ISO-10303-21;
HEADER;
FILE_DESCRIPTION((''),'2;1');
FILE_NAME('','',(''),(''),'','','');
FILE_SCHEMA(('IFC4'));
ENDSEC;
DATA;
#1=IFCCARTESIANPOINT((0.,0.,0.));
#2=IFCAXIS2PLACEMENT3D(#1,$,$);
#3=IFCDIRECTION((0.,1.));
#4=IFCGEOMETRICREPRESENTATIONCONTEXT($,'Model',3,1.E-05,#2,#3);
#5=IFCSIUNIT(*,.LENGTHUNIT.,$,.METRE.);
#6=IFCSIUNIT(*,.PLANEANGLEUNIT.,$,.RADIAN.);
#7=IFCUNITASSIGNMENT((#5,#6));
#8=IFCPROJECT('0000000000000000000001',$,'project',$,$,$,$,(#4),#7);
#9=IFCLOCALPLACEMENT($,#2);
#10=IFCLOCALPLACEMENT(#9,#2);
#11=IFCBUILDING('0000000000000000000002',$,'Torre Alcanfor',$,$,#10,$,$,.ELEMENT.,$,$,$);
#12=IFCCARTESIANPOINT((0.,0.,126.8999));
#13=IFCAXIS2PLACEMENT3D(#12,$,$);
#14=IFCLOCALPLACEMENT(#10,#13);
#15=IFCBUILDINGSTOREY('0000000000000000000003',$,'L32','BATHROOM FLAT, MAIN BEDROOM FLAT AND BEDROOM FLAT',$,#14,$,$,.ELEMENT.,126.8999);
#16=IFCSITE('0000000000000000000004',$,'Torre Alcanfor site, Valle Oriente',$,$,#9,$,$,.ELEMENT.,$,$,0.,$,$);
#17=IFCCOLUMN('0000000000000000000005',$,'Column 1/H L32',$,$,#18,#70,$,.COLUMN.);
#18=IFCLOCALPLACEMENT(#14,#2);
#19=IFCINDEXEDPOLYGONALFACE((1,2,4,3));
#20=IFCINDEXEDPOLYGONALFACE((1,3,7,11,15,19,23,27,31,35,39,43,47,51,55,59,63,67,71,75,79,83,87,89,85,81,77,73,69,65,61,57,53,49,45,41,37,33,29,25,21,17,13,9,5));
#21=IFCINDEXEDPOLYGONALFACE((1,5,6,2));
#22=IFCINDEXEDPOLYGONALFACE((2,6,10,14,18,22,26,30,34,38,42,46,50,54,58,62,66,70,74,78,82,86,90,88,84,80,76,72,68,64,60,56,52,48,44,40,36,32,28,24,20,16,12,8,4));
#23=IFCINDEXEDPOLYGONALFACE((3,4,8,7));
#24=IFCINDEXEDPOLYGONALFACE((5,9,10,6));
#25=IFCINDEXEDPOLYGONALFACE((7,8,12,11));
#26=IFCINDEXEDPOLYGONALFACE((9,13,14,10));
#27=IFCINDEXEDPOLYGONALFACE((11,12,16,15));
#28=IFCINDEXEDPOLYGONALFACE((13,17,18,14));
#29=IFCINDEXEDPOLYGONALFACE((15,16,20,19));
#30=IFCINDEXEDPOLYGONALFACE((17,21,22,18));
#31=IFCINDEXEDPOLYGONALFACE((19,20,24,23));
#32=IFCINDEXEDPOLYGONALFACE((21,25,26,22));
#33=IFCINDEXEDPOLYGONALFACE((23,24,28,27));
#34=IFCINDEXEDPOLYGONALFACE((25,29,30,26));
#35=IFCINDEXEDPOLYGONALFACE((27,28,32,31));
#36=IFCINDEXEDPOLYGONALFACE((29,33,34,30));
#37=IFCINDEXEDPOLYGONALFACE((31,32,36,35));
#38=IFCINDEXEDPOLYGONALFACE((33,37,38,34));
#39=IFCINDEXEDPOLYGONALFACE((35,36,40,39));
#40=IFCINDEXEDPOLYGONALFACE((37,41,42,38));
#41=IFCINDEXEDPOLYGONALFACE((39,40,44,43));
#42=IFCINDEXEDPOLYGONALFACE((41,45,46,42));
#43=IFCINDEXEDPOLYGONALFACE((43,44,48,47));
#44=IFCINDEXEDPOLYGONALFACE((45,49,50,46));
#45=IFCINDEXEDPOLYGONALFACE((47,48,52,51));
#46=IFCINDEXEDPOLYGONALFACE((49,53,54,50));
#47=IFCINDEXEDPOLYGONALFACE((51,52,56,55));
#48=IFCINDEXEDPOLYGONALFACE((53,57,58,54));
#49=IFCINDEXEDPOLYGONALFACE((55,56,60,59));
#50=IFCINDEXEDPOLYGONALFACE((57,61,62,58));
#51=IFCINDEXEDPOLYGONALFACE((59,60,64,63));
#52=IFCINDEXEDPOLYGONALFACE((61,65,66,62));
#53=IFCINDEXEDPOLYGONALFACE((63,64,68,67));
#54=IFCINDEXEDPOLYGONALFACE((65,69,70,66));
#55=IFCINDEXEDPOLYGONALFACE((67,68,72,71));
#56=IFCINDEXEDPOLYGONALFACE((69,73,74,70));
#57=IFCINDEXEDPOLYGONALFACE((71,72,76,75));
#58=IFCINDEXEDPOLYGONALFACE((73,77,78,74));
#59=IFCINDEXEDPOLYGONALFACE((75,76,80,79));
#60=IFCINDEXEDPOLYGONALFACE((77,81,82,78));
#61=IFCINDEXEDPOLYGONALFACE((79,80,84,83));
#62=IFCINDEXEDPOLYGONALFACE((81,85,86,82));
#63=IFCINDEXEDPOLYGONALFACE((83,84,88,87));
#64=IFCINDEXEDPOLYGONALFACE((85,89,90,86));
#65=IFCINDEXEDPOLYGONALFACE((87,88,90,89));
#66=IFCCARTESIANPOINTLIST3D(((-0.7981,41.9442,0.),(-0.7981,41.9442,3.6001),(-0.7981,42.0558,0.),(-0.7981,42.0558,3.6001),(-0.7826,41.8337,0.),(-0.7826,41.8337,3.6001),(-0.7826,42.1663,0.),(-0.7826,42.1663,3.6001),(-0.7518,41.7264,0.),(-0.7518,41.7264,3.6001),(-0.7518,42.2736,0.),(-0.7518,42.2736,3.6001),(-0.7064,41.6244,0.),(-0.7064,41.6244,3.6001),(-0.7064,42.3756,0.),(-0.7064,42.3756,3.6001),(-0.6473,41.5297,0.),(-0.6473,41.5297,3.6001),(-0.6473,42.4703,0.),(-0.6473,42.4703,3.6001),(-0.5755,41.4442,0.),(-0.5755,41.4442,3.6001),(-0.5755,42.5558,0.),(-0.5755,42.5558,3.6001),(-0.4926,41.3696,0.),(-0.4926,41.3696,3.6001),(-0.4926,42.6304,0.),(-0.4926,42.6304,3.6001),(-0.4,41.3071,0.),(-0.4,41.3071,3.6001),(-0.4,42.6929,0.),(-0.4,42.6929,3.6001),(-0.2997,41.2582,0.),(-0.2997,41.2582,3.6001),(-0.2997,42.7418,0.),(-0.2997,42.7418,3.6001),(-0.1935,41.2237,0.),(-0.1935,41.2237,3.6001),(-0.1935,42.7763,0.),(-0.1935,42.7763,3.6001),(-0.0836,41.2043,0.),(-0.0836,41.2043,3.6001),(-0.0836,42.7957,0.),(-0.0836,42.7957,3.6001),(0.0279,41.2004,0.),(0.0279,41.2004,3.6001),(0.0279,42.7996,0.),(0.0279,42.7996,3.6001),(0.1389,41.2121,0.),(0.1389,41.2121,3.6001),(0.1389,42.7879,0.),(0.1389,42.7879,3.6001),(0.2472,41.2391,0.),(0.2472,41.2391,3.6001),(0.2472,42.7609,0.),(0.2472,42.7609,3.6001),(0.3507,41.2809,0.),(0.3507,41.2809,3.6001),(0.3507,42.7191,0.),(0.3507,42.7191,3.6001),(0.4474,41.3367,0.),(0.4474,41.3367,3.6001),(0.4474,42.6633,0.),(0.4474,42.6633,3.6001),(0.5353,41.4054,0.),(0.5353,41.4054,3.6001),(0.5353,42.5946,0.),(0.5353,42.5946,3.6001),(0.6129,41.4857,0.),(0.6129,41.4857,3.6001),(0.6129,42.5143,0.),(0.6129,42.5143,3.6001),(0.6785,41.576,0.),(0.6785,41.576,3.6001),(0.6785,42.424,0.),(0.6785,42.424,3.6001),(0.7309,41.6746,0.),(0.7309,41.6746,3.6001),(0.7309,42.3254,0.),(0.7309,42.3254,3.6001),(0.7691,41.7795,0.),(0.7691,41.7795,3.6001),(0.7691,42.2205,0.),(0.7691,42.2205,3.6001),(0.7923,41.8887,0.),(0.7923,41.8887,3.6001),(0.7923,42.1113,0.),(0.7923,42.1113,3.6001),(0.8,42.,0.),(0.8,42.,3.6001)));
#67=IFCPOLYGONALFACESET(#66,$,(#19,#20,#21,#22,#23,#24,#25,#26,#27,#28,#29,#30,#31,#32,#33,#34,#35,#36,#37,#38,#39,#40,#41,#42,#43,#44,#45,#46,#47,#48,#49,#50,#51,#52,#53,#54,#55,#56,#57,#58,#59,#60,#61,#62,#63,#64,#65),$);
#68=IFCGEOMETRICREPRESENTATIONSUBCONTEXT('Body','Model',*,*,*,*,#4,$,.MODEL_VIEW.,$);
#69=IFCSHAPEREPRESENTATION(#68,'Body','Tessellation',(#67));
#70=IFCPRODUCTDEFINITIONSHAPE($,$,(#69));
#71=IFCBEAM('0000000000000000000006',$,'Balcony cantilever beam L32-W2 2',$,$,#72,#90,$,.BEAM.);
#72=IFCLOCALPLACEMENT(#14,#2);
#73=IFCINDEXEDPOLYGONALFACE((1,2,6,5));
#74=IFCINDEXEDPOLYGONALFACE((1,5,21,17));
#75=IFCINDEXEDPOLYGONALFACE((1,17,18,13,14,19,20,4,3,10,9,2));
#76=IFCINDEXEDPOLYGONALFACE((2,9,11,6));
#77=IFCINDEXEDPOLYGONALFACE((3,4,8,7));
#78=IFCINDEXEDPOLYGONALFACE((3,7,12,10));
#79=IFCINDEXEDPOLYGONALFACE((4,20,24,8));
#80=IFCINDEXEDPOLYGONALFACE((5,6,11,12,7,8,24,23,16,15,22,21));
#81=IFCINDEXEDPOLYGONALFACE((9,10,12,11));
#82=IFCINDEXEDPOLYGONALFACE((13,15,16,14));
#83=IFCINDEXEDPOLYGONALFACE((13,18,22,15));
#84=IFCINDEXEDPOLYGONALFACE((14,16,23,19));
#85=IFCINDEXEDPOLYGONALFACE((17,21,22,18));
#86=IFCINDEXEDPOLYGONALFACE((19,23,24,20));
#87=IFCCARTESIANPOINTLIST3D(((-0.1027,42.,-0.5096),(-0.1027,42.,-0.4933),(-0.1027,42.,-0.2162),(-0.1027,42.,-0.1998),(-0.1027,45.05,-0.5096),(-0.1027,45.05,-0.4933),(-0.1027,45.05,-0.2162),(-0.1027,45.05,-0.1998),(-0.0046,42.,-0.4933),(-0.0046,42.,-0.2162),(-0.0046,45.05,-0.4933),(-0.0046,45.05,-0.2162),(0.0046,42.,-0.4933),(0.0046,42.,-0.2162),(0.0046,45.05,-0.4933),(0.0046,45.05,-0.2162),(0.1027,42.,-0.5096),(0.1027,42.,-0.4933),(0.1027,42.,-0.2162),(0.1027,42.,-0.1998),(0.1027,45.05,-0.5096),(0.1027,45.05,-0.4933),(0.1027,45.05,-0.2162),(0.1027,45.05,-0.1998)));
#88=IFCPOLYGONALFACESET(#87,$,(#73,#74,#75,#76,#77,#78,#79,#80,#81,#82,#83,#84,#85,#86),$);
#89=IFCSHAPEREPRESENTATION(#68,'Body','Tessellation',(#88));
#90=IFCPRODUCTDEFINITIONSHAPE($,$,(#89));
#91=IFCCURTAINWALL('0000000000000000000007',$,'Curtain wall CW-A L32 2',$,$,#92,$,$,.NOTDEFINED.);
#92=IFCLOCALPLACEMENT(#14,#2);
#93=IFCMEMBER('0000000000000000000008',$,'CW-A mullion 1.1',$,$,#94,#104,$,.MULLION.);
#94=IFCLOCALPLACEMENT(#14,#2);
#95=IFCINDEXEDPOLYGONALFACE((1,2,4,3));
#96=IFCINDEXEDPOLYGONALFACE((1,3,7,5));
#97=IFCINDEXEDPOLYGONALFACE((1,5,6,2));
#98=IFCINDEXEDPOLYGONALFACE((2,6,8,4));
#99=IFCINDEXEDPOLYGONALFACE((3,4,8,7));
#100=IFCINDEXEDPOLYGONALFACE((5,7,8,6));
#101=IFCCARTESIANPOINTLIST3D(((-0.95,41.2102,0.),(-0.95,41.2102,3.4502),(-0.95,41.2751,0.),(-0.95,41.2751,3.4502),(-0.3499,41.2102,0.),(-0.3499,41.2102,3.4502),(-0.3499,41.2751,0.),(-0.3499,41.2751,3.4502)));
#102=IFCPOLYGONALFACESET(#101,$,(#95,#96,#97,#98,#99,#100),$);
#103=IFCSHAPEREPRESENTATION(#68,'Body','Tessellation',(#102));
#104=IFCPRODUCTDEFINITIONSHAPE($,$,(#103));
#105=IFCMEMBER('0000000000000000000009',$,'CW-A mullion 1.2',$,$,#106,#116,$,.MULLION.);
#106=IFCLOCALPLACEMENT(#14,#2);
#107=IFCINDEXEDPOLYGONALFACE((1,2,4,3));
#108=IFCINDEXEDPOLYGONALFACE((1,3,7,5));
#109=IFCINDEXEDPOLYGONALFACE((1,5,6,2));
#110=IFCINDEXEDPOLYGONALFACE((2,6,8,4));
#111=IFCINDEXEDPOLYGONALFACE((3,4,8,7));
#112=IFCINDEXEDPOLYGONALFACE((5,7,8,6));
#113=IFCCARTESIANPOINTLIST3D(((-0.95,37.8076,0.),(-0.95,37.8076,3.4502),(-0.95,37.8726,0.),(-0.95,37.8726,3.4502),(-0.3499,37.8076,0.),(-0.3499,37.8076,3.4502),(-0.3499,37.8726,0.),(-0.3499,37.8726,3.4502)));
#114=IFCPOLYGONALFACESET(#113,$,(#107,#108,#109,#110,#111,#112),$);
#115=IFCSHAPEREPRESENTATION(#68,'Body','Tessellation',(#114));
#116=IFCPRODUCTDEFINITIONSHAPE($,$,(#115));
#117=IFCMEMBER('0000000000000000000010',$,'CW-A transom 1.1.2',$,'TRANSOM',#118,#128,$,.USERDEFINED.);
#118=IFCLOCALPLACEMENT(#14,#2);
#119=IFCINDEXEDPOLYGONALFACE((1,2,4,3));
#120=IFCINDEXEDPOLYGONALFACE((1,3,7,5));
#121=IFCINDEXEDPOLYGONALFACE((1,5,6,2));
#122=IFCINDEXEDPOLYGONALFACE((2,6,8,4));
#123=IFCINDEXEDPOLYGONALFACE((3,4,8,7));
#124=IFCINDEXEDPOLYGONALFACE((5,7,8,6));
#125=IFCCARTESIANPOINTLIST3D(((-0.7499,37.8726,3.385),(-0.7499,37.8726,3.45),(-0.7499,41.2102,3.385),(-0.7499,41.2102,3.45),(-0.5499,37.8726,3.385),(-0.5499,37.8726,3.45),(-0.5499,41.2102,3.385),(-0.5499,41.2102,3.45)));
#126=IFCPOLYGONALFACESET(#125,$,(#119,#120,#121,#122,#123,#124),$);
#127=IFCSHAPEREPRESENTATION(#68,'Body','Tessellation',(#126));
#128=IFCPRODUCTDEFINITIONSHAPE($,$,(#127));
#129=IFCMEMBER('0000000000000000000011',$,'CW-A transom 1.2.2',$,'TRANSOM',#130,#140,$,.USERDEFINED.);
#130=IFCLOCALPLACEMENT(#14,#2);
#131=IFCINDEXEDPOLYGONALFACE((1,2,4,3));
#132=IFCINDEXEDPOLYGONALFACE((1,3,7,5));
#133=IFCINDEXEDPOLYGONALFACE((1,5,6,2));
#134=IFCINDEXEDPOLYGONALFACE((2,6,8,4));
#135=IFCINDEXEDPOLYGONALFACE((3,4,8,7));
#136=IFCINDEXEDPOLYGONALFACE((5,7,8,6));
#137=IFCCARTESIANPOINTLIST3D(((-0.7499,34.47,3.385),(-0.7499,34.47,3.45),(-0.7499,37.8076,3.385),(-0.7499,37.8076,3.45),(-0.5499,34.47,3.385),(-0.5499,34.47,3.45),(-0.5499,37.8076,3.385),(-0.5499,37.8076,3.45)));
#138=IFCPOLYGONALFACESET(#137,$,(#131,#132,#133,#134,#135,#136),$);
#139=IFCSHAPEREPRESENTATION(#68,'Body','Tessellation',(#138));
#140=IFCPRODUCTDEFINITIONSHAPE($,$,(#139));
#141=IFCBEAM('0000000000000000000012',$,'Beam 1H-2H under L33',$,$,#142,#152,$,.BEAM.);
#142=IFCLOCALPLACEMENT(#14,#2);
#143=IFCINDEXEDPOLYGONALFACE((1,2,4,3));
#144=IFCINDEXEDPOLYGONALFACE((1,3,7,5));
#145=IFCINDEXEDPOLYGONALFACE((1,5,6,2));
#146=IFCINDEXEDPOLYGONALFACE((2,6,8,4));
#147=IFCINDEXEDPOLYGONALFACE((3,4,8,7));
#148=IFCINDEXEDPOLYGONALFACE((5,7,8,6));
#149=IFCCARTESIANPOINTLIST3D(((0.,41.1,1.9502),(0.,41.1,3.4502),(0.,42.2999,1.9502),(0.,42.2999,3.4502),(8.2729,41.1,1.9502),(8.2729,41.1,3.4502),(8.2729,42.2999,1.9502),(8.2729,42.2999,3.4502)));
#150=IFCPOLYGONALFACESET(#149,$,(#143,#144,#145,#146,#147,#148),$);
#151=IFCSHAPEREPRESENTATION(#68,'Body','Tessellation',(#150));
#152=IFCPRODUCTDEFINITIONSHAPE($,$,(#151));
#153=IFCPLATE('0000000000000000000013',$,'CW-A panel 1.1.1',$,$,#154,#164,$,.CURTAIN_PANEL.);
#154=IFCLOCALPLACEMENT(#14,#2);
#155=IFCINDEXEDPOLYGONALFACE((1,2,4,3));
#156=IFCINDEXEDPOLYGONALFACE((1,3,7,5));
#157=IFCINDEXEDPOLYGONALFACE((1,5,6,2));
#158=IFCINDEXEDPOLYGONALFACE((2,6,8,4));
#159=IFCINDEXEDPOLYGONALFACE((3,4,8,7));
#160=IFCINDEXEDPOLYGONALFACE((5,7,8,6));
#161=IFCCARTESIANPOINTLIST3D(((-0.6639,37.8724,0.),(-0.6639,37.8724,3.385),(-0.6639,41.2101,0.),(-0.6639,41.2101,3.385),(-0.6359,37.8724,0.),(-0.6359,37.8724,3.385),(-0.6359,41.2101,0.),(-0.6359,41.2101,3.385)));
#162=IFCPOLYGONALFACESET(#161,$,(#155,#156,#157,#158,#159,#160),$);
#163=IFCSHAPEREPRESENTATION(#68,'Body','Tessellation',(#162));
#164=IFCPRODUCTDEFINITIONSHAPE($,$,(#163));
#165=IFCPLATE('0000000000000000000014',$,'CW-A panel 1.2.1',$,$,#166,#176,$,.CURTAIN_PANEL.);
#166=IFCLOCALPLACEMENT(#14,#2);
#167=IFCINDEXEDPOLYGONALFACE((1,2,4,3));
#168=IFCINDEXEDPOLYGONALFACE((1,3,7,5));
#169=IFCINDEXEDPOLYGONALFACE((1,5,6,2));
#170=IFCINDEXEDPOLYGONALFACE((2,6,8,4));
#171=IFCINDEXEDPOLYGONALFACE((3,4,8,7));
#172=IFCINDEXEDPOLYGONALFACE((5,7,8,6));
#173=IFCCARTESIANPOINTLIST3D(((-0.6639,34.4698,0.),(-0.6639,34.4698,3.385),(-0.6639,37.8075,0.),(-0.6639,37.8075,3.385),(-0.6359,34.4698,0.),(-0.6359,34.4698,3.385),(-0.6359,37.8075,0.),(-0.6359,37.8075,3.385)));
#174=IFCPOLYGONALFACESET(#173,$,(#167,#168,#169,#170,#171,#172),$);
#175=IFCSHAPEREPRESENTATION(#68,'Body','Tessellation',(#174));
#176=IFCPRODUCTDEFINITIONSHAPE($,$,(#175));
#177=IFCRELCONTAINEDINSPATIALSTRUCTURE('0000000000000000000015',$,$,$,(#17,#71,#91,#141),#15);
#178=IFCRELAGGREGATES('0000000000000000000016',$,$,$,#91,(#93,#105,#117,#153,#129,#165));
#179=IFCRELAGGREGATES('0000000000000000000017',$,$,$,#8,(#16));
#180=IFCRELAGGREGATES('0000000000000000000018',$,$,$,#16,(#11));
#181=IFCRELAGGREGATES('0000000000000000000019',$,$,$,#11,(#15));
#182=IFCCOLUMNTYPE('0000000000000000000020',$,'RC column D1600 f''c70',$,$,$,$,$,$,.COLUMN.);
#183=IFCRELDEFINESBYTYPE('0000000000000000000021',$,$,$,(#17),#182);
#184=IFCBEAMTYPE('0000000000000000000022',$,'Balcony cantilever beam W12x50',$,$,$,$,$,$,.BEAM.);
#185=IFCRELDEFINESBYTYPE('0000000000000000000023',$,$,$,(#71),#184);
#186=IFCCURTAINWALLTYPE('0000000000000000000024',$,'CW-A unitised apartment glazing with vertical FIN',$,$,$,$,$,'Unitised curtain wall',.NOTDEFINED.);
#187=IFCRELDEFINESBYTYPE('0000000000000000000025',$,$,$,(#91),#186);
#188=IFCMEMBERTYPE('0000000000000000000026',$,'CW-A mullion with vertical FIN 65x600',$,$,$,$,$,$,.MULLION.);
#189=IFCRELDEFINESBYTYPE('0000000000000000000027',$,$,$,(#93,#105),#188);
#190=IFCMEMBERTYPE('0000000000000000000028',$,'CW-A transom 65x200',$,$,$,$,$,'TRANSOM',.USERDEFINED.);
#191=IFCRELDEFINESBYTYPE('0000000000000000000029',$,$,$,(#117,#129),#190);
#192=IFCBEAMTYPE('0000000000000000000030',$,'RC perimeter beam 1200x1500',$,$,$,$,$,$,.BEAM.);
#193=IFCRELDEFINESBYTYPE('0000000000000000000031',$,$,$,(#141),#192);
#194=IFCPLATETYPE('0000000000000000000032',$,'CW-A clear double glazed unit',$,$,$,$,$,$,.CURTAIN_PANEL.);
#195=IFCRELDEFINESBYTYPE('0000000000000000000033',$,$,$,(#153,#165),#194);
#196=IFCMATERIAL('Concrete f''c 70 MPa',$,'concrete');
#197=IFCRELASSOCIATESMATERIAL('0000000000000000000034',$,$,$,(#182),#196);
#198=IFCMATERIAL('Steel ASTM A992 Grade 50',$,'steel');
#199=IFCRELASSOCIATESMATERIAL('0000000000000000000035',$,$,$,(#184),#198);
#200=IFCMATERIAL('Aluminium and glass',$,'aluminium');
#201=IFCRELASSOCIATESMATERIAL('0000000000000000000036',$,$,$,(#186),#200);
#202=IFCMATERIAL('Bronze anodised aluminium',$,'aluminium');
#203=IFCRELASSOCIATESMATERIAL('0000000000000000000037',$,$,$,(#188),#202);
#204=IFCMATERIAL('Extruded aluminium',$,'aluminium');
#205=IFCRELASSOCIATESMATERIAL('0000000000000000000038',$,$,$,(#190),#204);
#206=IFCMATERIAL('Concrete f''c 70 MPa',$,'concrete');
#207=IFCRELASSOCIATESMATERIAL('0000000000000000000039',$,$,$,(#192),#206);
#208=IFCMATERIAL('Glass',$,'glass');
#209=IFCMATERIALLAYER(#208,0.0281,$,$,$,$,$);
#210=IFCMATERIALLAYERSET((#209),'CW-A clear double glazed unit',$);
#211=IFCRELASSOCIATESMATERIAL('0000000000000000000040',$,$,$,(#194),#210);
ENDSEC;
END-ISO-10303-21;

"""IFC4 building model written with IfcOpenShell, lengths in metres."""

from ifc_helpers import new_model, si_unit, direction, frame, origin, origin_2d, place, context, subcontext, project, spatial, rectangle, circle, i_section, extrude, material, layer, layer_set, material_profile, profile_set, type_object, element, aggregate, save


model = new_model("IFC4")

# Units and contexts
model_context = context("Model", 3, precision=1e-05, world=origin(), true_north=direction((0.0, 1.0)))
body_context = subcontext(model_context, "Body", "Model", "MODEL_VIEW")
ifc_project = project(units=[si_unit("LENGTHUNIT", "METRE"), si_unit("PLANEANGLEUNIT", "RADIAN")], contexts=[model_context])

# Site, building, storey
site_placement = place(None, origin())
site = spatial("IfcSite", under=ifc_project, at=site_placement, Name="Torre Alcanfor site, Valle Oriente", CompositionType="ELEMENT", RefElevation=0.0)
building_placement = place(site_placement, origin())
building = spatial("IfcBuilding", under=site, at=building_placement, Name="Torre Alcanfor", CompositionType="ELEMENT")
storey_placement = place(building_placement, frame((0.0, 0.0, 126.8999)))
storey = spatial("IfcBuildingStorey", under=building, at=storey_placement, Name="L32", Description="BATHROOM FLAT, MAIN BEDROOM FLAT AND BEDROOM FLAT", CompositionType="ELEMENT", Elevation=126.8999)

# Column
ifc_material_1 = material(Name="Concrete f'c 70 MPa", Category="concrete")
ifc_material_profile_1 = material_profile(ifc_material_1, circle(Radius=0.8, at=origin_2d()), Name="D1600")
ifc_profile_set_1 = profile_set([ifc_material_profile_1], Name="Concrete f'c 70 MPa")
column_type = type_object("IfcColumnType", Name="RC column D1600 f'c70", PredefinedType="COLUMN", material=ifc_profile_set_1)
column_placement = place(storey_placement, frame((0.0, 42.0, 0.0), z_axis=(0.0, 0.0, 1.0), x_axis=(1.0, 0.0, 0.0)))
element("IfcColumn", 1, at=column_placement, inside=storey, type_object=column_type, Name="Column 1/H L32", PredefinedType="COLUMN", context=body_context, shape_type="SweptSolid", body=[
    extrude(circle(Radius=0.8, at=origin_2d()), origin(), (0.0, 0.0, 1.0), 3.6001),
])

# Beam
ifc_material_2 = material(Name="Steel ASTM A992 Grade 50", Category="steel")
ifc_material_profile_2 = material_profile(ifc_material_2, i_section(OverallWidth=0.2053, OverallDepth=0.3098, WebThickness=0.0093, FlangeThickness=0.0164, at=origin_2d()), Name="W12x50")
ifc_profile_set_2 = profile_set([ifc_material_profile_2], Name="Steel ASTM A992 Grade 50")
beam_type_1 = type_object("IfcBeamType", Name="Balcony cantilever beam W12x50", PredefinedType="BEAM", material=ifc_profile_set_2)
beam_1_placement = place(storey_placement, frame((0.0, 42.0, -0.3547), z_axis=(0.0, 1.0, 0.0), x_axis=(-1.0, 0.0, 0.0)))
element("IfcBeam", 2, at=beam_1_placement, inside=storey, type_object=beam_type_1, Name="Balcony cantilever beam L32-W2 2", PredefinedType="BEAM", context=body_context, shape_type="SweptSolid", body=[
    extrude(i_section(OverallWidth=0.2053, OverallDepth=0.3098, WebThickness=0.0093, FlangeThickness=0.0164, at=origin_2d()), origin(), (0.0, 0.0, 1.0), 3.05),
])

# Curtain wall, members
ifc_material_3 = material(Name="Aluminium and glass", Category="aluminium")
curtain_wall_type = type_object("IfcCurtainWallType", Name="CW-A unitised apartment glazing with vertical FIN", ElementType="Unitised curtain wall", PredefinedType="NOTDEFINED", material=ifc_material_3)
curtain_wall_placement = place(storey_placement, origin())
curtain_wall = element("IfcCurtainWall", 3, at=curtain_wall_placement, inside=storey, type_object=curtain_wall_type, Name="Curtain wall CW-A L32 2", PredefinedType="NOTDEFINED")
ifc_material_4 = material(Name="Bronze anodised aluminium", Category="aluminium")
ifc_material_profile_3 = material_profile(ifc_material_4, rectangle(XDim=0.6001, YDim=0.0649, at=origin_2d()), Name="CW-A mullion 65x600")
ifc_profile_set_3 = profile_set([ifc_material_profile_3], Name="Bronze anodised aluminium")
member_type_1 = type_object("IfcMemberType", Name="CW-A mullion with vertical FIN 65x600", PredefinedType="MULLION", material=ifc_profile_set_3)
member_1_placement = place(storey_placement, frame((-0.6499, 41.2427, 0.0), z_axis=(0.0, 0.0, 1.0), x_axis=(1.0, 0.0, 0.0)))
member_1 = element("IfcMember", 4, at=member_1_placement, type_object=member_type_1, Name="CW-A mullion 1.1", PredefinedType="MULLION", context=body_context, shape_type="SweptSolid", body=[
    extrude(rectangle(XDim=0.6001, YDim=0.0649, at=origin_2d()), origin(), (0.0, 0.0, 1.0), 3.4502),
])
member_2_placement = place(storey_placement, frame((-0.6499, 37.8401, 0.0), z_axis=(0.0, 0.0, 1.0), x_axis=(1.0, 0.0, 0.0)))
member_2 = element("IfcMember", 5, at=member_2_placement, type_object=member_type_1, Name="CW-A mullion 1.2", PredefinedType="MULLION", context=body_context, shape_type="SweptSolid", body=[
    extrude(rectangle(XDim=0.6001, YDim=0.0649, at=origin_2d()), origin(), (0.0, 0.0, 1.0), 3.4502),
])
ifc_material_5 = material(Name="Extruded aluminium", Category="aluminium")
ifc_material_profile_4 = material_profile(ifc_material_5, rectangle(XDim=0.2, YDim=0.0649, at=origin_2d()), Name="CW-A transom 200x65")
ifc_profile_set_4 = profile_set([ifc_material_profile_4], Name="Extruded aluminium")
member_type_2 = type_object("IfcMemberType", Name="CW-A transom 65x200", ElementType="TRANSOM", PredefinedType="USERDEFINED", material=ifc_profile_set_4)
member_3_placement = place(storey_placement, frame((-0.6499, 41.2102, 3.4175), z_axis=(0.0, -1.0, 0.0), x_axis=(1.0, 0.0, 0.0)))
member_3 = element("IfcMember", 6, at=member_3_placement, type_object=member_type_2, Name="CW-A transom 1.1.2", ObjectType="TRANSOM", PredefinedType="USERDEFINED", context=body_context, shape_type="SweptSolid", body=[
    extrude(rectangle(XDim=0.2, YDim=0.0649, at=origin_2d()), origin(), (0.0, 0.0, 1.0), 3.3376),
])
member_4_placement = place(storey_placement, frame((-0.6499, 37.8076, 3.4175), z_axis=(0.0, -1.0, 0.0), x_axis=(1.0, 0.0, 0.0)))
member_4 = element("IfcMember", 7, at=member_4_placement, type_object=member_type_2, Name="CW-A transom 1.2.2", ObjectType="TRANSOM", PredefinedType="USERDEFINED", context=body_context, shape_type="SweptSolid", body=[
    extrude(rectangle(XDim=0.2, YDim=0.0649, at=origin_2d()), origin(), (0.0, 0.0, 1.0), 3.3376),
])

# Beam
ifc_material_6 = material(Name="Concrete f'c 70 MPa", Category="concrete")
ifc_material_profile_5 = material_profile(ifc_material_6, rectangle(XDim=1.2, YDim=1.5, at=origin_2d()), Name="1200x1500")
ifc_profile_set_5 = profile_set([ifc_material_profile_5], Name="Concrete f'c 70 MPa")
beam_type_2 = type_object("IfcBeamType", Name="RC perimeter beam 1200x1500", PredefinedType="BEAM", material=ifc_profile_set_5)
beam_2_placement = place(storey_placement, frame((0.0, 41.7, 2.7002), z_axis=(1.0, 0.0, 0.0), x_axis=(0.0, 1.0, 0.0)))
element("IfcBeam", 8, at=beam_2_placement, inside=storey, type_object=beam_type_2, Name="Beam 1H-2H under L33", PredefinedType="BEAM", context=body_context, shape_type="SweptSolid", body=[
    extrude(rectangle(XDim=1.2, YDim=1.5, at=origin_2d()), origin(), (0.0, 0.0, 1.0), 8.2729),
])

# Plates
ifc_material_7 = material(Name="Glass", Category="glass")
ifc_layer_1 = layer(ifc_material_7, 0.0281)
ifc_layer_set_1 = layer_set([ifc_layer_1], Name="CW-A clear double glazed unit")
plate_type = type_object("IfcPlateType", Name="CW-A clear double glazed unit", PredefinedType="CURTAIN_PANEL", material=ifc_layer_set_1)
plate_1_placement = place(storey_placement, frame((-0.6499, 39.5413, 0.0), z_axis=(0.0, 0.0, 1.0), x_axis=(0.0, -1.0, 0.0)))
plate_1 = element("IfcPlate", 9, at=plate_1_placement, type_object=plate_type, Name="CW-A panel 1.1.1", PredefinedType="CURTAIN_PANEL", context=body_context, shape_type="SweptSolid", body=[
    extrude(rectangle(XDim=3.3376, YDim=0.0281, at=origin_2d()), origin(), (0.0, 0.0, 1.0), 3.385),
])
plate_2_placement = place(storey_placement, frame((-0.6499, 36.1387, 0.0), z_axis=(0.0, 0.0, 1.0), x_axis=(0.0, -1.0, 0.0)))
plate_2 = element("IfcPlate", 10, at=plate_2_placement, type_object=plate_type, Name="CW-A panel 1.2.1", PredefinedType="CURTAIN_PANEL", context=body_context, shape_type="SweptSolid", body=[
    extrude(rectangle(XDim=3.3376, YDim=0.0281, at=origin_2d()), origin(), (0.0, 0.0, 1.0), 3.385),
])
aggregate(curtain_wall, [member_1, member_2, member_3, plate_1, member_4, plate_2])

save(model, "model.ifc")
